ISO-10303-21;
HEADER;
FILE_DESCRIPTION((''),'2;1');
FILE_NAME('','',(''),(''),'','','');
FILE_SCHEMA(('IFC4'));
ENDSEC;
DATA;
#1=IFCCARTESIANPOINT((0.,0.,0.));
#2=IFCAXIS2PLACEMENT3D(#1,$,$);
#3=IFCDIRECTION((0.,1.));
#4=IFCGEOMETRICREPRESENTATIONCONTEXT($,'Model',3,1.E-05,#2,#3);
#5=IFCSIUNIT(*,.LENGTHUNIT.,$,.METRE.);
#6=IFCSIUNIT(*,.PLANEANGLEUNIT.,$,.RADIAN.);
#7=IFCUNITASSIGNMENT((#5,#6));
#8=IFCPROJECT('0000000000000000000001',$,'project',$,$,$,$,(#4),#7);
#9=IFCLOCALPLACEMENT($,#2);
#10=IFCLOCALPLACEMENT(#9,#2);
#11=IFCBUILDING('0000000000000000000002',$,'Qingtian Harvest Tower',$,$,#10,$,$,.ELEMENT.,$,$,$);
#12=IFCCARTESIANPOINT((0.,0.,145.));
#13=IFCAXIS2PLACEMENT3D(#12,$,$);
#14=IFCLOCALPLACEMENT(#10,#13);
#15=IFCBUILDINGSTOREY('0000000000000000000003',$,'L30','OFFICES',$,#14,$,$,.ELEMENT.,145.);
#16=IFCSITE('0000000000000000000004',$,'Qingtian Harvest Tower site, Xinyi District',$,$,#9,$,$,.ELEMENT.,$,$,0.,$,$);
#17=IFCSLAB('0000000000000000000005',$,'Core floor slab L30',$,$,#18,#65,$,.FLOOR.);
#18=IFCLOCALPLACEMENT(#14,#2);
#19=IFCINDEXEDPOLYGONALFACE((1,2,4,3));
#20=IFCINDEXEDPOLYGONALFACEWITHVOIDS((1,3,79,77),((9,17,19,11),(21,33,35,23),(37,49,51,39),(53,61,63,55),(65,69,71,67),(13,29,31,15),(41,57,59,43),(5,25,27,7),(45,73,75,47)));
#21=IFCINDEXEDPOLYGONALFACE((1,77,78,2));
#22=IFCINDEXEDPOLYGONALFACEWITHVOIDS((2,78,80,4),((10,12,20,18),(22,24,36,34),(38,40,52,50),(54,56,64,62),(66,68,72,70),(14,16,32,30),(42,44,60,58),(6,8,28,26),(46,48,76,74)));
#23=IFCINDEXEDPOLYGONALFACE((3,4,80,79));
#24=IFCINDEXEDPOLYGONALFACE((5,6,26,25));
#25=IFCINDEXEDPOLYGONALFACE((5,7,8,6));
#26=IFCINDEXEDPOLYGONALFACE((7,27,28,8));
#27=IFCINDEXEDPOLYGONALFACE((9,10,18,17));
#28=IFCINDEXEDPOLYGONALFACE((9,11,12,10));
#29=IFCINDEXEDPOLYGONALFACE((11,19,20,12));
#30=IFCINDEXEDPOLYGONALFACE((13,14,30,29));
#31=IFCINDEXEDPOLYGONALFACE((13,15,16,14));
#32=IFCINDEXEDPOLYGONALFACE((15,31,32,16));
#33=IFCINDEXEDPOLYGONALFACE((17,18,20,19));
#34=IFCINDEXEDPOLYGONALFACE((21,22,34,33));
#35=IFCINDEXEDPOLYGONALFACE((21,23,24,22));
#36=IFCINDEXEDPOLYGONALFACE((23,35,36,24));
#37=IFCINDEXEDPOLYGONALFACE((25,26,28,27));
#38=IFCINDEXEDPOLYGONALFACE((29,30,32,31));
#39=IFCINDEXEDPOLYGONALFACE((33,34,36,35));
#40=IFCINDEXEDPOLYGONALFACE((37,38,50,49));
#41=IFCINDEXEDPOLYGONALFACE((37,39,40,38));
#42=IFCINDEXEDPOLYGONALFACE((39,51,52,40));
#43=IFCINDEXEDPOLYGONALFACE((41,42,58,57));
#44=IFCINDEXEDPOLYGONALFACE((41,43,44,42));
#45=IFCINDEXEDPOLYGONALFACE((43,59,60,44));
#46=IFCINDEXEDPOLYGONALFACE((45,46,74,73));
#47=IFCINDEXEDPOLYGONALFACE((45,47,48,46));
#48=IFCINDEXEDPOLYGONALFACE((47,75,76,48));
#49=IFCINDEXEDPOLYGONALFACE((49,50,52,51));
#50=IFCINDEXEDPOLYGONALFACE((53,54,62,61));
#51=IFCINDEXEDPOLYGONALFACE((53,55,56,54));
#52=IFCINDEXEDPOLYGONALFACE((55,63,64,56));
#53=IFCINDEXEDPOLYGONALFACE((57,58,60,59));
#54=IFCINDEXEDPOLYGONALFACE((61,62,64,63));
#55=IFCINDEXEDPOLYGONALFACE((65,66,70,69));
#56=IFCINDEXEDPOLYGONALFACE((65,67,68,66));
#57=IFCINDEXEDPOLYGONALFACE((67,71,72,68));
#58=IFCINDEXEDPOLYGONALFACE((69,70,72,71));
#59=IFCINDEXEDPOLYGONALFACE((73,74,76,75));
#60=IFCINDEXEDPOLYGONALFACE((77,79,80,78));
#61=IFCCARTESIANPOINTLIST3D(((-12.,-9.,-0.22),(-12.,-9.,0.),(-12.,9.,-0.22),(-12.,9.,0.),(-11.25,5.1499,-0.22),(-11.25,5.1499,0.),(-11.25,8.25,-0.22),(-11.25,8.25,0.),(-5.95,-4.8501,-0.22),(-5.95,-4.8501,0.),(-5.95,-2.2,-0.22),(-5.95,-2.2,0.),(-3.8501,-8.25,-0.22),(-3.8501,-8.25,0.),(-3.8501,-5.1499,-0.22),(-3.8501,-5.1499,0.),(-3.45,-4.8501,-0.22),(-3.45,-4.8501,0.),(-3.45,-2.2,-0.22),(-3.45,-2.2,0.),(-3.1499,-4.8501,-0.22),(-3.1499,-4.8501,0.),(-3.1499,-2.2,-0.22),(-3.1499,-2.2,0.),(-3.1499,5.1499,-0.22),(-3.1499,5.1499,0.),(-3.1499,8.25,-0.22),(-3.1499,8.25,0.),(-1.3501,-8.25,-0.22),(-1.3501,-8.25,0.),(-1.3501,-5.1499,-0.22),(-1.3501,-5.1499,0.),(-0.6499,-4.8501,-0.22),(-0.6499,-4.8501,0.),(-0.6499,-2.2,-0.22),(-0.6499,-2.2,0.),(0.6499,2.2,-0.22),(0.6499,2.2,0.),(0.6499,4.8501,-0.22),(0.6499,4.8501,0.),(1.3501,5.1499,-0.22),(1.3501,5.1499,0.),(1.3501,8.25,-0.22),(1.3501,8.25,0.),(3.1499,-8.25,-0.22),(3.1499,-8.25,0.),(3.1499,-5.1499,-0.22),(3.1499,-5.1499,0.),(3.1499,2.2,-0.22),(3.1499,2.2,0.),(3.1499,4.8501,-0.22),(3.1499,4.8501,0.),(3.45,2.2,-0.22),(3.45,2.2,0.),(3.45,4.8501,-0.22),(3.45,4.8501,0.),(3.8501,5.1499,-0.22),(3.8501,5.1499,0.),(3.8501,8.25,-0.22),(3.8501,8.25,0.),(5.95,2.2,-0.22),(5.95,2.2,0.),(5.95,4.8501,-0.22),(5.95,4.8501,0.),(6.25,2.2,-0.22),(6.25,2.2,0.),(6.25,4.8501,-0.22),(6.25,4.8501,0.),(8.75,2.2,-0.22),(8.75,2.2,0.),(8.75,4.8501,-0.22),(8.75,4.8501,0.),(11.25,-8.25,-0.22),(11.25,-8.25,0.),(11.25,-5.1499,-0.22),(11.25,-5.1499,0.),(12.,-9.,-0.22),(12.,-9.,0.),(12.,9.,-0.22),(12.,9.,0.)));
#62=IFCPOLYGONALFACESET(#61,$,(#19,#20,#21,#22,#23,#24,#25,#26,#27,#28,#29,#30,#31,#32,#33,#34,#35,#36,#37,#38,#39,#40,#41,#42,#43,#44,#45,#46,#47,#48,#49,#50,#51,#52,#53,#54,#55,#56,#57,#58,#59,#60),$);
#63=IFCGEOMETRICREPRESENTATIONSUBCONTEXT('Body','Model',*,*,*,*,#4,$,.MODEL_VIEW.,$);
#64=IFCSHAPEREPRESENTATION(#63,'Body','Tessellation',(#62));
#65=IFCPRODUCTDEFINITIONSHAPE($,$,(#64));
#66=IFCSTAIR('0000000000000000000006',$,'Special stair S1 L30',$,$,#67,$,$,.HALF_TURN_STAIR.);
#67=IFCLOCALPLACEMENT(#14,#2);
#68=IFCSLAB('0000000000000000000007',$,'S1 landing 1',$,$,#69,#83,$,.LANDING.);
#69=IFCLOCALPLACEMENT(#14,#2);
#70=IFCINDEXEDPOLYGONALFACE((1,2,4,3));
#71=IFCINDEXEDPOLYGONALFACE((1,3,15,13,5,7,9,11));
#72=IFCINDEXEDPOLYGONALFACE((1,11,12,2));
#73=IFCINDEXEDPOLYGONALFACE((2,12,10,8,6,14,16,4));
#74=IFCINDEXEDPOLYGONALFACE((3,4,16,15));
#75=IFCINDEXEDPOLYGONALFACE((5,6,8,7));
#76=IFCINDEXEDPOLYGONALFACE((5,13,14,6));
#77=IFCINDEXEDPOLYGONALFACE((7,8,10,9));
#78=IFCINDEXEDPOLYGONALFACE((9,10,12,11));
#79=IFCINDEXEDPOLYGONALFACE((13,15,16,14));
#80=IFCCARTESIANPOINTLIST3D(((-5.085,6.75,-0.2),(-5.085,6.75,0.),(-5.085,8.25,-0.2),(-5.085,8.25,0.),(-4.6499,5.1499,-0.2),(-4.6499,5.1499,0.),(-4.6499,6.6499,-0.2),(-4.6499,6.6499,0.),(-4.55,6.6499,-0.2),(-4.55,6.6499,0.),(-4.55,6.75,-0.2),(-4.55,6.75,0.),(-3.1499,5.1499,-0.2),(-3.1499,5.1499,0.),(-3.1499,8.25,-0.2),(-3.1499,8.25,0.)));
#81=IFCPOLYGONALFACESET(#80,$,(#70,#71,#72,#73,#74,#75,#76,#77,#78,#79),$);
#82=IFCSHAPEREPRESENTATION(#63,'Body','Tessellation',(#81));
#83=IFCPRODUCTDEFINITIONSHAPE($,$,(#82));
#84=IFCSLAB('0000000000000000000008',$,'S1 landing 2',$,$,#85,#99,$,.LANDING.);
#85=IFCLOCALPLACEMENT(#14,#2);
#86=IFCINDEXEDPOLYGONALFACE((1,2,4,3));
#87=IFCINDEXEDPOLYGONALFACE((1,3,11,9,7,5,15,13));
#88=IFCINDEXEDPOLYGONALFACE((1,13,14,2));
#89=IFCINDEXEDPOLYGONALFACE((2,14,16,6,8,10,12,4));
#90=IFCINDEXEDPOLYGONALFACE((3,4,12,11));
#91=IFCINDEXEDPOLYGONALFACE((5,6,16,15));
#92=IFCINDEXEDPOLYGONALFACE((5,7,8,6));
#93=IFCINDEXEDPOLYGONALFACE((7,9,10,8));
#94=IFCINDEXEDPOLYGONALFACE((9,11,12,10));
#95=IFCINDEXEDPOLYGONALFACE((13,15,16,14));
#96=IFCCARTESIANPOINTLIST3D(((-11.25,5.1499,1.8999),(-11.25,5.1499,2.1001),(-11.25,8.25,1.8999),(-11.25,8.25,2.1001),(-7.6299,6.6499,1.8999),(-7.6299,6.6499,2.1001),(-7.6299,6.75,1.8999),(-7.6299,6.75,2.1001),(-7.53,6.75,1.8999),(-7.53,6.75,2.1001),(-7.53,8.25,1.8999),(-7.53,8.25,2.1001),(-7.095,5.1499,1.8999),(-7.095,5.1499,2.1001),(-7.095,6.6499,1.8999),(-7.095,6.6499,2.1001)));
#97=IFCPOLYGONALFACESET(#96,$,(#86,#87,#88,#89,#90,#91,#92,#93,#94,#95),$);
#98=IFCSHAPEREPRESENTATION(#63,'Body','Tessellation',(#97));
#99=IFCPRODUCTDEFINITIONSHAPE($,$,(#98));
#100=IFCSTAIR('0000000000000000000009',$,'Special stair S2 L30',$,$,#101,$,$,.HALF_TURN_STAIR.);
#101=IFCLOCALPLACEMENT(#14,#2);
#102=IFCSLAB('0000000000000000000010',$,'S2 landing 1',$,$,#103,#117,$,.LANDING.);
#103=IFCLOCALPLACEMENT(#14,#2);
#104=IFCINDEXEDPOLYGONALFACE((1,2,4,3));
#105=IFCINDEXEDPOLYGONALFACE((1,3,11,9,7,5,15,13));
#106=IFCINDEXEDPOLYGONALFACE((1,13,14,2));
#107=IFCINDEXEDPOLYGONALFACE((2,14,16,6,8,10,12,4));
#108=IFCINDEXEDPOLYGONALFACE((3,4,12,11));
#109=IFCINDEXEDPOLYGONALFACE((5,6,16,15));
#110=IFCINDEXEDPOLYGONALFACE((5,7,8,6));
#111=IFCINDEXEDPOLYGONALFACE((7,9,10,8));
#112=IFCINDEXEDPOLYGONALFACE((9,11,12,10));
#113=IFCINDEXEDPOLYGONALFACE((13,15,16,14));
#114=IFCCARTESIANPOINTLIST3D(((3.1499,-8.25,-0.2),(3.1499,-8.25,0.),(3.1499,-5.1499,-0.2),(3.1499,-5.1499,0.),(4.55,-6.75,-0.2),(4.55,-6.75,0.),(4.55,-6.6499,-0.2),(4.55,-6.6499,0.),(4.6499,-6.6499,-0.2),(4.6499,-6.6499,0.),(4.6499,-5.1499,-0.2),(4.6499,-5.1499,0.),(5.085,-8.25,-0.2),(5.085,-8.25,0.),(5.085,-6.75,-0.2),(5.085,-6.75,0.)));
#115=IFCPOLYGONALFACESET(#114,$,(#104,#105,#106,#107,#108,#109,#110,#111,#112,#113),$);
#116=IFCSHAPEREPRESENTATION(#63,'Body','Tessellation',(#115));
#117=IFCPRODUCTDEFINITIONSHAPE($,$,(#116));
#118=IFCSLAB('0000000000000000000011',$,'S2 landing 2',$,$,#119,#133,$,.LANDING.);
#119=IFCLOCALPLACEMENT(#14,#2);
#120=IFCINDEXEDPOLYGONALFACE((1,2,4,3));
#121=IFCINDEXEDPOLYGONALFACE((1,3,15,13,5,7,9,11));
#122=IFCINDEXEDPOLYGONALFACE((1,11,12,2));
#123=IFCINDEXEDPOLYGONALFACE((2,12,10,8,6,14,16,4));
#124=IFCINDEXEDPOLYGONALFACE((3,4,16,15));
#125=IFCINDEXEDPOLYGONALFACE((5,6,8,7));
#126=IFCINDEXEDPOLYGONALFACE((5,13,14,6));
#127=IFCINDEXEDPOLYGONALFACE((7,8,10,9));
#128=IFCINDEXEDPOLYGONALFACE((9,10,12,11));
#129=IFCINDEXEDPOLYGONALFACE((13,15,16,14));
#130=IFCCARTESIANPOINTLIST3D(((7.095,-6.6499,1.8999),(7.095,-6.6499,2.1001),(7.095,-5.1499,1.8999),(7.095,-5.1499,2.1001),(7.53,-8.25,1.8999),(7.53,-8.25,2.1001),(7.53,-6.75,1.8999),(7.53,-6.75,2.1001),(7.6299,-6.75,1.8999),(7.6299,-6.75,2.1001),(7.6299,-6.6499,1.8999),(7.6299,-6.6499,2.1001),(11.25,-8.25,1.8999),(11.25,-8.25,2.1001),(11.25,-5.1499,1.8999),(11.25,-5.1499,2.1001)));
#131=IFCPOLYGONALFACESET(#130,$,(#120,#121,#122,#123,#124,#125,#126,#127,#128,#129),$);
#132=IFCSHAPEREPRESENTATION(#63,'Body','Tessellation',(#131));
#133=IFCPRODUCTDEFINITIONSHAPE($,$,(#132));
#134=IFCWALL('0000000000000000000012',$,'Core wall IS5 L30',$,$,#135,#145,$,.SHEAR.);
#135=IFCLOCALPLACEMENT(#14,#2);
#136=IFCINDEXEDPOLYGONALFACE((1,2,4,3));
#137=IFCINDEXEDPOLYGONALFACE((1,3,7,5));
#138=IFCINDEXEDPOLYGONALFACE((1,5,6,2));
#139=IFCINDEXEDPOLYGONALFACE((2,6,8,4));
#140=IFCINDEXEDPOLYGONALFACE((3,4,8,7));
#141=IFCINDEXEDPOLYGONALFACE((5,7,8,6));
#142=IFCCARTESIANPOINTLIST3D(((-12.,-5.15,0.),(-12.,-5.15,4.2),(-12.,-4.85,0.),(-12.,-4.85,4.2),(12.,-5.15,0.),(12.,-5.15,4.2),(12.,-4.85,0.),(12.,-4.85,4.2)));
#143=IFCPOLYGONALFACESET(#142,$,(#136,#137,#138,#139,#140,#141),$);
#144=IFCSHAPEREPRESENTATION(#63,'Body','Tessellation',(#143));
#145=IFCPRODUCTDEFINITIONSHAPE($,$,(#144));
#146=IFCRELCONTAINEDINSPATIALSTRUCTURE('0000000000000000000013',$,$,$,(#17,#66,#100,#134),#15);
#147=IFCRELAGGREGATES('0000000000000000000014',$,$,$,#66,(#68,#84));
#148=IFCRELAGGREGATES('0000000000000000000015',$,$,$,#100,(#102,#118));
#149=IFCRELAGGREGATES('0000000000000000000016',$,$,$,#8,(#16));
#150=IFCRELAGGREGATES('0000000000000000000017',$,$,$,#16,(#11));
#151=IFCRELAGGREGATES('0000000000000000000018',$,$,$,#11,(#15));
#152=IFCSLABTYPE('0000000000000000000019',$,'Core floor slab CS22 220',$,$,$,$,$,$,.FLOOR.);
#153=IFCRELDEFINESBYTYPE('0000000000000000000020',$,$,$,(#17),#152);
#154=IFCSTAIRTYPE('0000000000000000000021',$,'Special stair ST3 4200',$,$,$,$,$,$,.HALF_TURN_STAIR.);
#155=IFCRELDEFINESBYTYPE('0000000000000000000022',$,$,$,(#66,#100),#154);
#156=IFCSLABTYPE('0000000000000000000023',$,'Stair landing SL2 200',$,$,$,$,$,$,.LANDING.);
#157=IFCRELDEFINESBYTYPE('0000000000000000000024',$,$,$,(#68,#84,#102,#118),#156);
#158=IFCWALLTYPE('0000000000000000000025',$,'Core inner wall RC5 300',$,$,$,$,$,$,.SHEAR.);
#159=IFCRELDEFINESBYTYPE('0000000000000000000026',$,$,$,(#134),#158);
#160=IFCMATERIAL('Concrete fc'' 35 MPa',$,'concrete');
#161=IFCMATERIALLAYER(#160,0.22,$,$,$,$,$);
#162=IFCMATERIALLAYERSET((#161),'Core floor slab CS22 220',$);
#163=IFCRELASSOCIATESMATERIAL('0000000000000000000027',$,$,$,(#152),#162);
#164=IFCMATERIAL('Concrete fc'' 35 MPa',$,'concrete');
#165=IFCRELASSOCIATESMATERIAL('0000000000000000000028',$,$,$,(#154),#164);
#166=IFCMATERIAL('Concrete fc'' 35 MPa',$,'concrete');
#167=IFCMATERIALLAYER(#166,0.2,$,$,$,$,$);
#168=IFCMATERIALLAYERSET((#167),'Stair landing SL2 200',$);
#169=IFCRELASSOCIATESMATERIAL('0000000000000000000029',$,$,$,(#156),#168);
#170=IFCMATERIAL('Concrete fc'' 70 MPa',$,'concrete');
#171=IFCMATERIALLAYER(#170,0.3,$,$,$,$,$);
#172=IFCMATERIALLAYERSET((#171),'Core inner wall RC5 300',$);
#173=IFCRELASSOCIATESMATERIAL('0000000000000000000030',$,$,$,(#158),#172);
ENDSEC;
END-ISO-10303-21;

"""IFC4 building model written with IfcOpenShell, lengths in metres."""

from ifc_helpers import new_model, si_unit, direction, frame, frame_2d, origin, place, context, subcontext, project, spatial, polyline, rectangle, outline, extrude, material, layer, layer_set, type_object, element, aggregate, save


model = new_model("IFC4")

# Units and contexts
model_context = context("Model", 3, precision=1e-05, world=origin(), true_north=direction((0.0, 1.0)))
body_context = subcontext(model_context, "Body", "Model", "MODEL_VIEW")
ifc_project = project(units=[si_unit("LENGTHUNIT", "METRE"), si_unit("PLANEANGLEUNIT", "RADIAN")], contexts=[model_context])

# Site, building, storey
site_placement = place(None, origin())
site = spatial("IfcSite", under=ifc_project, at=site_placement, Name="Qingtian Harvest Tower site, Xinyi District", CompositionType="ELEMENT", RefElevation=0.0)
building_placement = place(site_placement, origin())
building = spatial("IfcBuilding", under=site, at=building_placement, Name="Qingtian Harvest Tower", CompositionType="ELEMENT")
storey_placement = place(building_placement, frame((0.0, 0.0, 145.0)))
storey = spatial("IfcBuildingStorey", under=building, at=storey_placement, Name="L30", Description="OFFICES", CompositionType="ELEMENT", Elevation=145.0)

# Slab
ifc_material_1 = material(Name="Concrete fc' 35 MPa", Category="concrete")
ifc_layer_1 = layer(ifc_material_1, 0.22)
ifc_layer_set_1 = layer_set([ifc_layer_1], Name="Core floor slab CS22 220")
slab_type_1 = type_object("IfcSlabType", Name="Core floor slab CS22 220", PredefinedType="FLOOR", material=ifc_layer_set_1)
slab_1_placement = place(storey_placement, frame((0.0, 0.0, -0.22)))
element("IfcSlab", 1, at=slab_1_placement, inside=storey, type_object=slab_type_1, Name="Core floor slab L30", PredefinedType="FLOOR", context=body_context, shape_type="SweptSolid", body=[
    extrude(outline(polyline([(-12.0, -9.0), (12.0, -9.0), (12.0, 9.0), (-12.0, 9.0), (-12.0, -9.0)]), holes=[polyline([(-11.25, 5.1499), (-3.1499, 5.1499), (-3.1499, 8.25), (-11.25, 8.25), (-11.25, 5.1499)]), polyline([(3.1499, -8.25), (11.25, -8.25), (11.25, -5.1499), (3.1499, -5.1499), (3.1499, -8.25)]), polyline([(1.3501, 5.1499), (3.8501, 5.1499), (3.8501, 8.25), (1.3501, 8.25), (1.3501, 5.1499)]), polyline([(-3.8501, -8.25), (-1.3501, -8.25), (-1.3501, -5.1499), (-3.8501, -5.1499), (-3.8501, -8.25)]), polyline([(0.6499, 2.2), (3.1499, 2.2), (3.1499, 4.8501), (0.6499, 4.8501), (0.6499, 2.2)]), polyline([(3.45, 2.2), (5.95, 2.2), (5.95, 4.8501), (3.45, 4.8501), (3.45, 2.2)]), polyline([(6.25, 2.2), (8.75, 2.2), (8.75, 4.8501), (6.25, 4.8501), (6.25, 2.2)]), polyline([(-5.95, -4.8501), (-3.45, -4.8501), (-3.45, -2.2), (-5.95, -2.2), (-5.95, -4.8501)]), polyline([(-3.1499, -4.8501), (-0.6499, -4.8501), (-0.6499, -2.2), (-3.1499, -2.2), (-3.1499, -4.8501)])]), origin(), (0.0, 0.0, 1.0), 0.22),
])

# Stairs, slabs
ifc_material_2 = material(Name="Concrete fc' 35 MPa", Category="concrete")
stair_type = type_object("IfcStairType", Name="Special stair ST3 4200", PredefinedType="HALF_TURN_STAIR", material=ifc_material_2)
stair_1_placement = place(storey_placement, origin())
stair_1 = element("IfcStair", 2, at=stair_1_placement, inside=storey, type_object=stair_type, Name="Special stair S1 L30", PredefinedType="HALF_TURN_STAIR")
ifc_material_3 = material(Name="Concrete fc' 35 MPa", Category="concrete")
ifc_layer_2 = layer(ifc_material_3, 0.2)
ifc_layer_set_2 = layer_set([ifc_layer_2], Name="Stair landing SL2 200")
slab_type_2 = type_object("IfcSlabType", Name="Stair landing SL2 200", PredefinedType="LANDING", material=ifc_layer_set_2)
slab_2_placement = place(storey_placement, frame((0.0, 0.0, -0.2)))
slab_2 = element("IfcSlab", 3, at=slab_2_placement, type_object=slab_type_2, Name="S1 landing 1", PredefinedType="LANDING", context=body_context, shape_type="SweptSolid", body=[
    extrude(outline(polyline([(-4.6499, 5.1499), (-4.6499, 6.6499), (-4.55, 6.6499), (-4.55, 6.75), (-5.085, 6.75), (-5.085, 8.25), (-3.1499, 8.25), (-3.1499, 5.1499), (-4.6499, 5.1499)])), origin(), (0.0, 0.0, 1.0), 0.2),
])
slab_3_placement = place(storey_placement, frame((0.0, 0.0, 1.8999)))
slab_3 = element("IfcSlab", 4, at=slab_3_placement, type_object=slab_type_2, Name="S1 landing 2", PredefinedType="LANDING", context=body_context, shape_type="SweptSolid", body=[
    extrude(outline(polyline([(-7.095, 5.1499), (-11.25, 5.1499), (-11.25, 8.25), (-7.53, 8.25), (-7.53, 6.75), (-7.6299, 6.75), (-7.6299, 6.6499), (-7.095, 6.6499), (-7.095, 5.1499)])), origin(), (0.0, 0.0, 1.0), 0.2002),
])
aggregate(stair_1, [slab_2, slab_3])
stair_2_placement = place(storey_placement, origin())
stair_2 = element("IfcStair", 5, at=stair_2_placement, inside=storey, type_object=stair_type, Name="Special stair S2 L30", PredefinedType="HALF_TURN_STAIR")
slab_4_placement = place(storey_placement, frame((0.0, 0.0, -0.2)))
slab_4 = element("IfcSlab", 6, at=slab_4_placement, type_object=slab_type_2, Name="S2 landing 1", PredefinedType="LANDING", context=body_context, shape_type="SweptSolid", body=[
    extrude(outline(polyline([(5.085, -8.25), (3.1499, -8.25), (3.1499, -5.1499), (4.6499, -5.1499), (4.6499, -6.6499), (4.55, -6.6499), (4.55, -6.75), (5.085, -6.75), (5.085, -8.25)])), origin(), (0.0, 0.0, 1.0), 0.2),
])
slab_5_placement = place(storey_placement, frame((0.0, 0.0, 1.8999)))
slab_5 = element("IfcSlab", 7, at=slab_5_placement, type_object=slab_type_2, Name="S2 landing 2", PredefinedType="LANDING", context=body_context, shape_type="SweptSolid", body=[
    extrude(outline(polyline([(7.53, -8.25), (7.53, -6.75), (7.6299, -6.75), (7.6299, -6.6499), (7.095, -6.6499), (7.095, -5.1499), (11.25, -5.1499), (11.25, -8.25), (7.53, -8.25)])), origin(), (0.0, 0.0, 1.0), 0.2002),
])
aggregate(stair_2, [slab_4, slab_5])

# Wall
ifc_material_4 = material(Name="Concrete fc' 70 MPa", Category="concrete")
ifc_layer_3 = layer(ifc_material_4, 0.3)
ifc_layer_set_3 = layer_set([ifc_layer_3], Name="Core inner wall RC5 300")
wall_type_1 = type_object("IfcWallType", Name="Core inner wall RC5 300", PredefinedType="SHEAR", material=ifc_layer_set_3)
wall_1_placement = place(storey_placement, frame((-12.0, -5.0, 0.0), z_axis=(0.0, 0.0, 1.0), x_axis=(1.0, 0.0, 0.0)))
element("IfcWall", 8, at=wall_1_placement, inside=storey, type_object=wall_type_1, Name="Core wall IS5 L30", PredefinedType="SHEAR", context=body_context, shape_type="SweptSolid", body=[
    extrude(rectangle(XDim=24.0, YDim=0.3, at=frame_2d((12.0, 0.0))), origin(), (0.0, 0.0, 1.0), 4.2),
])

save(model, "model.ifc")
